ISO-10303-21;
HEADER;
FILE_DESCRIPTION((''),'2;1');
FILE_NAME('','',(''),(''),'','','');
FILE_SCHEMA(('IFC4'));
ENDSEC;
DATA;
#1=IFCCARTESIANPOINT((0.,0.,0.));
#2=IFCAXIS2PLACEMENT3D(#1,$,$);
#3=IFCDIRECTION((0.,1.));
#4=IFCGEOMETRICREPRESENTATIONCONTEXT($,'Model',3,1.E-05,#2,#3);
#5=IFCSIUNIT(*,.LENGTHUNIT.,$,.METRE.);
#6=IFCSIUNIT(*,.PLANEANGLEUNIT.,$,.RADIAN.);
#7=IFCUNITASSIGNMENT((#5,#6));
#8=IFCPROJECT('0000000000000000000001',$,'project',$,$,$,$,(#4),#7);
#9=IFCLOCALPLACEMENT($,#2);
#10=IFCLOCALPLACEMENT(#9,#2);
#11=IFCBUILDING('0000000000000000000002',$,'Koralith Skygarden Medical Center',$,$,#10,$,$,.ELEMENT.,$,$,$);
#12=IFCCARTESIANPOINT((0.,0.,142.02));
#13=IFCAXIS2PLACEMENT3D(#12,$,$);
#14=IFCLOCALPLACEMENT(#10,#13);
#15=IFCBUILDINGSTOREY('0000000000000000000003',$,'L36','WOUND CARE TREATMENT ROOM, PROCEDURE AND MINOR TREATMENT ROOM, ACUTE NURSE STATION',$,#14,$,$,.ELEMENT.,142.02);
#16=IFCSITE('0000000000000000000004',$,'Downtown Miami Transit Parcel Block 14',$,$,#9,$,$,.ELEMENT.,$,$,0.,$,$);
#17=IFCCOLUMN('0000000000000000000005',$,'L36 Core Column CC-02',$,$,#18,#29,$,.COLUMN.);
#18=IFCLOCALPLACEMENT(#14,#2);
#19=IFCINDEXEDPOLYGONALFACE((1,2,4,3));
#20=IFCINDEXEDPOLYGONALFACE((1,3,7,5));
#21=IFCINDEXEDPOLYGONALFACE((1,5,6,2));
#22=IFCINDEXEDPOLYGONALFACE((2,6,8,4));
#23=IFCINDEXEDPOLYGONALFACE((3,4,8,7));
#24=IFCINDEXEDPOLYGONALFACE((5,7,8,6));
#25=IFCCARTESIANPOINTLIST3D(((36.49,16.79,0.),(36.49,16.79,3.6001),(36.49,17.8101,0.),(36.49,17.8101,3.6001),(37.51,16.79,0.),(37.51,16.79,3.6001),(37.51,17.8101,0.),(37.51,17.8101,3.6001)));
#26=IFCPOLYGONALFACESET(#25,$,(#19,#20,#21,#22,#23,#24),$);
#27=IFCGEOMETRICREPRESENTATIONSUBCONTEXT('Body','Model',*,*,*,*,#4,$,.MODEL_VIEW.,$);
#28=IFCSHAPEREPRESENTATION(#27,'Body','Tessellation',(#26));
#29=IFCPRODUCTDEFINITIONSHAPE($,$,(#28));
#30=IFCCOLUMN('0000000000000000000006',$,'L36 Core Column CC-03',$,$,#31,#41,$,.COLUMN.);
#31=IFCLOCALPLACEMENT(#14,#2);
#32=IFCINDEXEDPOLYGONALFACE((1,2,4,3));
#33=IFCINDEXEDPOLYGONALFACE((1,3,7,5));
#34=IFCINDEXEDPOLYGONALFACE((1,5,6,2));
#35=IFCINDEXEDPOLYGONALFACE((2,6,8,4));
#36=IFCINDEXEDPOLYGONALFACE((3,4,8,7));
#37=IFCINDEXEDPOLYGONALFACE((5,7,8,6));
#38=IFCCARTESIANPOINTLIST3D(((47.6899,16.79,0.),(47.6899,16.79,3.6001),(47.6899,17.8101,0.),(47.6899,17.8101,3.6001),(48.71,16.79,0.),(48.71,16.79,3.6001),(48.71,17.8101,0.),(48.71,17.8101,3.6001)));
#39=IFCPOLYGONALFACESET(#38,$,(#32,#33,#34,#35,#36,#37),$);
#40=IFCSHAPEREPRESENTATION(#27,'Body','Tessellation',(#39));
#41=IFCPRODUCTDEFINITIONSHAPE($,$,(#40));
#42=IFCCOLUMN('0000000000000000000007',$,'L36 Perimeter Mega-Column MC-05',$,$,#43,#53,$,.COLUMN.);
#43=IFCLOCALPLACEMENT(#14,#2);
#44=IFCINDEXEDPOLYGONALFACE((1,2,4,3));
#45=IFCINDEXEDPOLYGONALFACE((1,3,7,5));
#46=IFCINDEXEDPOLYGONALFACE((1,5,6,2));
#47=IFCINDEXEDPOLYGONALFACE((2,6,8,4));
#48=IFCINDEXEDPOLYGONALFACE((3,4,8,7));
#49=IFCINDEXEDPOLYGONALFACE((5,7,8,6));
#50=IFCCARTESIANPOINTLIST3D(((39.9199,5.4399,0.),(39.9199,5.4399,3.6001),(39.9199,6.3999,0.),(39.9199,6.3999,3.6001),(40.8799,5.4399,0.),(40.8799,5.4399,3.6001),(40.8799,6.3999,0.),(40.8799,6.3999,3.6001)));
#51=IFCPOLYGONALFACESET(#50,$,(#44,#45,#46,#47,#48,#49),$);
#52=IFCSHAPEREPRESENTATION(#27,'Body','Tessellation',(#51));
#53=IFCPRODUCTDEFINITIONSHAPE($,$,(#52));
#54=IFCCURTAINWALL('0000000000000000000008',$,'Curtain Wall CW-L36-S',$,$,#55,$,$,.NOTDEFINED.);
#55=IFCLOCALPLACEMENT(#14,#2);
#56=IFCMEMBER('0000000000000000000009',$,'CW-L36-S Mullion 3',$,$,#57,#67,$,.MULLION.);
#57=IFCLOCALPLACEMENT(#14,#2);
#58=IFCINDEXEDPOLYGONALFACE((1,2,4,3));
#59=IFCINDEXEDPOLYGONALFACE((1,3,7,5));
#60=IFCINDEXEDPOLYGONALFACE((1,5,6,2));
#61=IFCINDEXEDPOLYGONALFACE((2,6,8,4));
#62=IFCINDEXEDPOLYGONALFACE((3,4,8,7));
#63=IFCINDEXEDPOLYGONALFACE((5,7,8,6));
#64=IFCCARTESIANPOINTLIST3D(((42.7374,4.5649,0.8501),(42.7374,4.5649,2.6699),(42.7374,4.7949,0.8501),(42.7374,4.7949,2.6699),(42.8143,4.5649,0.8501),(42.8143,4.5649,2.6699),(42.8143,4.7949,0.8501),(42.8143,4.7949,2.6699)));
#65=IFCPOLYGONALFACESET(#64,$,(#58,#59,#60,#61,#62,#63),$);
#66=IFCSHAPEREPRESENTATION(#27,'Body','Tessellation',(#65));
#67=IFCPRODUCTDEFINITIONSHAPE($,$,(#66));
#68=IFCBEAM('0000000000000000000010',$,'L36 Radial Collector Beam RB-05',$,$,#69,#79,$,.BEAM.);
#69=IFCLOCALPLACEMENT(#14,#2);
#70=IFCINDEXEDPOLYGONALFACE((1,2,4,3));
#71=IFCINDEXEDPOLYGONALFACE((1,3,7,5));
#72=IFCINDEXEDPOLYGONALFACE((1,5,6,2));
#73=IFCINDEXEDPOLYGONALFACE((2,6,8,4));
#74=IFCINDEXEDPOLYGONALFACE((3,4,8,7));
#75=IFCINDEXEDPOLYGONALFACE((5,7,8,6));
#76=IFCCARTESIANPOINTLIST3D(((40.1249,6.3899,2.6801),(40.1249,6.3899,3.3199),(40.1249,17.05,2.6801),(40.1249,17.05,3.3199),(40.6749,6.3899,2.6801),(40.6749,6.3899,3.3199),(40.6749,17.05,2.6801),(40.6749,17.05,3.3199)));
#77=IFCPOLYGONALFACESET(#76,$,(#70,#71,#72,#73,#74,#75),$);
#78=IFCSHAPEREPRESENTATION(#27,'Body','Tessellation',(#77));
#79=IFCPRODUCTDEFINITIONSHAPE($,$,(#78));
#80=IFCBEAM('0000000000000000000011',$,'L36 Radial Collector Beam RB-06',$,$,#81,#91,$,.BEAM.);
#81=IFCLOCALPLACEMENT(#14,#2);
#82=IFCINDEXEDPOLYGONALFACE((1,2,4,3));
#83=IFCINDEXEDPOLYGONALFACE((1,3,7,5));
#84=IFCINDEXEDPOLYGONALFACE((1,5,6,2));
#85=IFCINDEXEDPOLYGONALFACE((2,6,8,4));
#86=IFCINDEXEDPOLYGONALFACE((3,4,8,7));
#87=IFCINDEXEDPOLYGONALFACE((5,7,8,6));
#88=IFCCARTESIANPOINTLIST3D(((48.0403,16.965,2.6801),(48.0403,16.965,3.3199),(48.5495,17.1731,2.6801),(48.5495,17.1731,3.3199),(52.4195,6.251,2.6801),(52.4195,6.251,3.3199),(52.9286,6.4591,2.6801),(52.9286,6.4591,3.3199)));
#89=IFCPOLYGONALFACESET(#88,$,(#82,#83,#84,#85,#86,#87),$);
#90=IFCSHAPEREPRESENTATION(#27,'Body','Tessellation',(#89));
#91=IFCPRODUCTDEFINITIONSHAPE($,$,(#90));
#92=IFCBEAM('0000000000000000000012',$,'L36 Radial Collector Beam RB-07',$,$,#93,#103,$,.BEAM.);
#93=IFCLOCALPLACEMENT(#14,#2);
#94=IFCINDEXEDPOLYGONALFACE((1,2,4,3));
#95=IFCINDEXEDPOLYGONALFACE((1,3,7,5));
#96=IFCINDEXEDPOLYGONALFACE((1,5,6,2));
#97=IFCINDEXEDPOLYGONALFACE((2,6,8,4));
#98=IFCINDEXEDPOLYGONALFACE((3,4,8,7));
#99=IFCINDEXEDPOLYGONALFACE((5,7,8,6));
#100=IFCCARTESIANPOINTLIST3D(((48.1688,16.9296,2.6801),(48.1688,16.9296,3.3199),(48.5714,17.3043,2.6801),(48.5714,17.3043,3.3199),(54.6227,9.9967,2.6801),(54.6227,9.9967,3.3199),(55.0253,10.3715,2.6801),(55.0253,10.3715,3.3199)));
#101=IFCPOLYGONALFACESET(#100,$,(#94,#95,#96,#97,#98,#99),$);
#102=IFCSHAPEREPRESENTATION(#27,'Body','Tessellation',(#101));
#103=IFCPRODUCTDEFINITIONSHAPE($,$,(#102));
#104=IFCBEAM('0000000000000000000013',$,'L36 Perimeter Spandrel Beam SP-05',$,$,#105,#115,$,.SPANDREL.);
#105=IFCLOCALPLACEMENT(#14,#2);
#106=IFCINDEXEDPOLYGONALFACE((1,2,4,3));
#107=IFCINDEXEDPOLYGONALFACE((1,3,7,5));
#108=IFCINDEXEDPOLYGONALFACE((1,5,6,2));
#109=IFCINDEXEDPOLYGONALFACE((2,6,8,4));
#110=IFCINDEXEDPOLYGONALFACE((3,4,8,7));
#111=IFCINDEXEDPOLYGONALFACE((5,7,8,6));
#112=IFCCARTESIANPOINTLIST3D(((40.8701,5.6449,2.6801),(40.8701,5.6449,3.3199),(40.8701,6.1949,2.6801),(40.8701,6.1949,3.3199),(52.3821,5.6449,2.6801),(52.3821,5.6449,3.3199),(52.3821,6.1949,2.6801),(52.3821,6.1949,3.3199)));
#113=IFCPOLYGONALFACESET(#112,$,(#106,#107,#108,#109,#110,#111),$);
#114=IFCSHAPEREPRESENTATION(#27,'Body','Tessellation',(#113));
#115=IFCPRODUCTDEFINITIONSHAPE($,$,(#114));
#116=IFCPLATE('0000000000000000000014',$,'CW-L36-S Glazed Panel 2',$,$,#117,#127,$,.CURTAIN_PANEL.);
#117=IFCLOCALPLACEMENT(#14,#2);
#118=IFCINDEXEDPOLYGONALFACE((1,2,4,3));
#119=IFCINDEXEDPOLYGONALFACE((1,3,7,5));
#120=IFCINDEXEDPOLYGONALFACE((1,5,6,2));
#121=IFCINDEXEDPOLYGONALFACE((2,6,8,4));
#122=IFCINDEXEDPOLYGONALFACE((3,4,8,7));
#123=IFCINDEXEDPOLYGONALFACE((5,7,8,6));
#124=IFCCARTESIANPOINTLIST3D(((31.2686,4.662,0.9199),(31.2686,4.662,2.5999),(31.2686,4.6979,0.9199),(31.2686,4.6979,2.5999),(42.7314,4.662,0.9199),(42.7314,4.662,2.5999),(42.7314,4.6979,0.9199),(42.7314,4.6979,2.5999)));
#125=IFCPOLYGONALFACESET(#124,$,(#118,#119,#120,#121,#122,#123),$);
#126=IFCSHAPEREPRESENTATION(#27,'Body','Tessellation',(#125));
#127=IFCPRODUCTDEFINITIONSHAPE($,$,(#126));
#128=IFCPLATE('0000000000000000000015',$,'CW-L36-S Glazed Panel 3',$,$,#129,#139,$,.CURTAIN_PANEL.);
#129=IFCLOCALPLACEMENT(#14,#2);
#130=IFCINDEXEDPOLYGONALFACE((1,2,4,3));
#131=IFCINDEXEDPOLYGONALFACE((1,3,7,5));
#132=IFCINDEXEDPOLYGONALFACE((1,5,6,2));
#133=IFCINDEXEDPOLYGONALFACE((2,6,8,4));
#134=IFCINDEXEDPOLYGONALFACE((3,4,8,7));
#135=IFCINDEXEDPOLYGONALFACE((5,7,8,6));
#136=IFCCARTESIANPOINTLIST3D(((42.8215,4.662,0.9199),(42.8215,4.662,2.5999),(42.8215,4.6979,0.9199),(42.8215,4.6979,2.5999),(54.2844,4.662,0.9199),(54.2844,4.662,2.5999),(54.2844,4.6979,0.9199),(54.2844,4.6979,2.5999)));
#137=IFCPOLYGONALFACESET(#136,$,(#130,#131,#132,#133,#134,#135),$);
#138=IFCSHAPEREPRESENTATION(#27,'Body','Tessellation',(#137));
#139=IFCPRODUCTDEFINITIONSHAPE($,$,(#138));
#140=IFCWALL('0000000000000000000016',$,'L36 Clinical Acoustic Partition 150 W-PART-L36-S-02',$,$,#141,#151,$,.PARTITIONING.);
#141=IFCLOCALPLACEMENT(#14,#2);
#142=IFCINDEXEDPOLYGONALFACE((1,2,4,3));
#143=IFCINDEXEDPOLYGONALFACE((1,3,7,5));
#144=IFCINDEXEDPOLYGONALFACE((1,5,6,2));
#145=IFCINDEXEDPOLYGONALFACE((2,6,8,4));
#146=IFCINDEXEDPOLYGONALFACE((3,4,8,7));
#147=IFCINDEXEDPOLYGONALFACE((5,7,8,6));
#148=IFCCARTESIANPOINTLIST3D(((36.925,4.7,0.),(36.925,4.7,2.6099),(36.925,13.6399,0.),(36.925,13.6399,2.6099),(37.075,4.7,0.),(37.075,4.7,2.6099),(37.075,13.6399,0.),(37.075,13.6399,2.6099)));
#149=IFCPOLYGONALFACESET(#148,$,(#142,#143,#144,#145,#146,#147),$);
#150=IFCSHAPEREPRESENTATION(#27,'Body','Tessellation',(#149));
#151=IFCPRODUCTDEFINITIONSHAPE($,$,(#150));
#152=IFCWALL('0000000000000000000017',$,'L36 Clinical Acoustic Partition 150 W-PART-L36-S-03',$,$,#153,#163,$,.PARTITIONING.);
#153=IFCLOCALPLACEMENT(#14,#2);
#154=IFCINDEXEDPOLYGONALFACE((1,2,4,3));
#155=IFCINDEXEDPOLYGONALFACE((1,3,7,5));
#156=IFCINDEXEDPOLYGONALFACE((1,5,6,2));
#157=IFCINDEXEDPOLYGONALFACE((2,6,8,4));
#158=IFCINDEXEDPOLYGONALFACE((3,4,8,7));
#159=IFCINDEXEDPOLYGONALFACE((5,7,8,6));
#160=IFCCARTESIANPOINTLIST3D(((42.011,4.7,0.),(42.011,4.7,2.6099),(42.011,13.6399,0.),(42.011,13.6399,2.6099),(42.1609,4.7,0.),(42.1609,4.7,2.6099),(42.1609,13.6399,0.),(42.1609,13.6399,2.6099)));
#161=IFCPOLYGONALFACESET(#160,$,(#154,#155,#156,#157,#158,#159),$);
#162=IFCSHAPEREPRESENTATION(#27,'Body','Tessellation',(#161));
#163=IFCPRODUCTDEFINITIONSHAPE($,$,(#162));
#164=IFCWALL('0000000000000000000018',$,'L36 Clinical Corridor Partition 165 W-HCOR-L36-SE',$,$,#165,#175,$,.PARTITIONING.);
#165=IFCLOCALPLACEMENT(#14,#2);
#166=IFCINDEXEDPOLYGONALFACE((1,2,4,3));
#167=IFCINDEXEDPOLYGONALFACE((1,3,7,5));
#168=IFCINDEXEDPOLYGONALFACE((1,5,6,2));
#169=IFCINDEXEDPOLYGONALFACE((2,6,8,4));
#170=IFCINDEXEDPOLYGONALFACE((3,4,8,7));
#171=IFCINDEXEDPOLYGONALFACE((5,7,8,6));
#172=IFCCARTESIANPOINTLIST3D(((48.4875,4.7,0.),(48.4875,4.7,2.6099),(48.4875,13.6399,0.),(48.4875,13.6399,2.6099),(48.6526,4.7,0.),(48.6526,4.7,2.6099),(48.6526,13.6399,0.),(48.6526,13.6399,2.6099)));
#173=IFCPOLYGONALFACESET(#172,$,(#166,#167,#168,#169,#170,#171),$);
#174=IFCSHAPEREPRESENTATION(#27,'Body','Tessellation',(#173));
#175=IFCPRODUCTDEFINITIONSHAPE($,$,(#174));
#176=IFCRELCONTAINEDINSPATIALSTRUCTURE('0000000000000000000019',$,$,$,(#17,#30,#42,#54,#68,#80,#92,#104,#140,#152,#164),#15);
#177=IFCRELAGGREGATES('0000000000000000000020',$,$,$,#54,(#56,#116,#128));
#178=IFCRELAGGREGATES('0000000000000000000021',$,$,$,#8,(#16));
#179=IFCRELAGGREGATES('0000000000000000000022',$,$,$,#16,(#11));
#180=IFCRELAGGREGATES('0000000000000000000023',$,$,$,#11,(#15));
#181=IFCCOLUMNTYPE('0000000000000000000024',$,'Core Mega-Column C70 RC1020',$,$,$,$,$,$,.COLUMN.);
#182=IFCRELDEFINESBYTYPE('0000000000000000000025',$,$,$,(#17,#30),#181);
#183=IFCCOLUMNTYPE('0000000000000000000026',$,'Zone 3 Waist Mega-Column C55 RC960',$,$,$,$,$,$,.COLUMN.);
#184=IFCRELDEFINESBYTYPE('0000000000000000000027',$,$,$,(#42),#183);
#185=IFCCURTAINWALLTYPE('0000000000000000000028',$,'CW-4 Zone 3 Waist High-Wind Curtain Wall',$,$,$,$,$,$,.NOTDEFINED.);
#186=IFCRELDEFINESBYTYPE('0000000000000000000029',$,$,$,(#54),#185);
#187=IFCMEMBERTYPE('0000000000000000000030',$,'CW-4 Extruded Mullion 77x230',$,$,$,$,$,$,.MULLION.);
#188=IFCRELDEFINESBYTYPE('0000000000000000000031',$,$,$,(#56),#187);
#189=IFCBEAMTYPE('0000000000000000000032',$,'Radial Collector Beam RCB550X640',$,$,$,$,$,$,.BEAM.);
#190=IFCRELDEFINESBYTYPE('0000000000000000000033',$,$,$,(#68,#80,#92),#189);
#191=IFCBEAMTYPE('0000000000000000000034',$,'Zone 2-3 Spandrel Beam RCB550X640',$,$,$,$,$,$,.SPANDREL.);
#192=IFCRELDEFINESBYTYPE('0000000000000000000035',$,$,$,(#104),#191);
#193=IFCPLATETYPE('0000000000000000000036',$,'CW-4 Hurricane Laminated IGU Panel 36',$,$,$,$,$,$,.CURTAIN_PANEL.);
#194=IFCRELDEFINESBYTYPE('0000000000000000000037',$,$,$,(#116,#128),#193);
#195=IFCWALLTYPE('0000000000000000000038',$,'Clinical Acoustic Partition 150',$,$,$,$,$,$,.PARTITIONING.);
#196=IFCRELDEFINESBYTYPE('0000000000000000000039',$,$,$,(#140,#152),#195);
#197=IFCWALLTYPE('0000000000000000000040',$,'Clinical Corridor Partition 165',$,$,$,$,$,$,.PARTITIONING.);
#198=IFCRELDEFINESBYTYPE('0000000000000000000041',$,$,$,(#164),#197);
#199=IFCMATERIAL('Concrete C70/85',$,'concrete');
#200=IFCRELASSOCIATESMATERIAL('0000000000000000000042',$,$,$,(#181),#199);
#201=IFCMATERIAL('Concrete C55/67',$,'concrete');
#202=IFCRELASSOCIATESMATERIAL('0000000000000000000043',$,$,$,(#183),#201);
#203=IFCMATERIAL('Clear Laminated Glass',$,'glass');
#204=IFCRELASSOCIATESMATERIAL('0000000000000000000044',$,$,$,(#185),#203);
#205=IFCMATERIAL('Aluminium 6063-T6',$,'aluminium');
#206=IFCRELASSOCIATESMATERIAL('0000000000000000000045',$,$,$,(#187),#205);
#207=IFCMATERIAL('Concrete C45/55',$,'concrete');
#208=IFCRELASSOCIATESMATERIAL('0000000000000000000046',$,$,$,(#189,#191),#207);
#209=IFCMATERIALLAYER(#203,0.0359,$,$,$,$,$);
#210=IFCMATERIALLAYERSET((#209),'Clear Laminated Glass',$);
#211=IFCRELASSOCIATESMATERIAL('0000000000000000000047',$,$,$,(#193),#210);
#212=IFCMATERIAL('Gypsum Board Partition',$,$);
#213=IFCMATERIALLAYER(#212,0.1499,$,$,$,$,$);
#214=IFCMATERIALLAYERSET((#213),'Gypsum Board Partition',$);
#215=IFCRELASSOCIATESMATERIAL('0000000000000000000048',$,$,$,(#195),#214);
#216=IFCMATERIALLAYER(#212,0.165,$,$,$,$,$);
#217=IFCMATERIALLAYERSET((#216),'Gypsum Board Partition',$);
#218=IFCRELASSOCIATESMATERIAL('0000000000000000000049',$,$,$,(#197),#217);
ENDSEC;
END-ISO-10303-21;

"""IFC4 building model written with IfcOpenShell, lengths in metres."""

from ifc_helpers import new_model, si_unit, direction, frame, frame_2d, origin, origin_2d, place, context, subcontext, project, spatial, rectangle, extrude, material, layer, layer_set, material_profile, profile_set, type_object, element, aggregate, save


model = new_model("IFC4")

# Units and contexts
model_context = context("Model", 3, precision=1e-05, world=origin(), true_north=direction((0.0, 1.0)))
body_context = subcontext(model_context, "Body", "Model", "MODEL_VIEW")
ifc_project = project(units=[si_unit("LENGTHUNIT", "METRE"), si_unit("PLANEANGLEUNIT", "RADIAN")], contexts=[model_context])

# Site, building, storey
site_placement = place(None, origin())
site = spatial("IfcSite", under=ifc_project, at=site_placement, Name="Downtown Miami Transit Parcel Block 14", CompositionType="ELEMENT", RefElevation=0.0)
building_placement = place(site_placement, origin())
building = spatial("IfcBuilding", under=site, at=building_placement, Name="Koralith Skygarden Medical Center", CompositionType="ELEMENT")
storey_placement = place(building_placement, frame((0.0, 0.0, 142.02)))
storey = spatial("IfcBuildingStorey", under=building, at=storey_placement, Name="L36", Description="WOUND CARE TREATMENT ROOM, PROCEDURE AND MINOR TREATMENT ROOM, ACUTE NURSE STATION", CompositionType="ELEMENT", Elevation=142.02)

# Columns
ifc_material_1 = material(Name="Concrete C70/85", Category="concrete")
ifc_material_profile_1 = material_profile(ifc_material_1, rectangle(XDim=1.02, YDim=1.02, at=origin_2d()), Name="RC1020X1020")
ifc_profile_set_1 = profile_set([ifc_material_profile_1], Name="Concrete C70/85")
column_type_1 = type_object("IfcColumnType", Name="Core Mega-Column C70 RC1020", PredefinedType="COLUMN", material=ifc_profile_set_1)
for number, where, z_axis, x_axis, name in (
    (1, (37.0, 17.3, 0.0), (0.0, 0.0, 1.0), (1.0, 0.0, 0.0), "L36 Core Column CC-02"),
    (2, (48.2, 17.3, 0.0), (0.0, 0.0, 1.0), (1.0, 0.0, 0.0), "L36 Core Column CC-03"),
):
    element("IfcColumn", number, at=place(storey_placement, frame(where, z_axis=z_axis, x_axis=x_axis)), inside=storey, type_object=column_type_1, Name=name, PredefinedType="COLUMN", context=body_context, shape_type="SweptSolid", body=[
        extrude(rectangle(XDim=1.02, YDim=1.02, at=origin_2d()), origin(), (0.0, 0.0, 1.0), 3.6001),
    ])
ifc_material_2 = material(Name="Concrete C55/67", Category="concrete")
ifc_material_profile_2 = material_profile(ifc_material_2, rectangle(XDim=0.96, YDim=0.96, at=origin_2d()), Name="RC960X960")
ifc_profile_set_2 = profile_set([ifc_material_profile_2], Name="Concrete C55/67")
column_type_2 = type_object("IfcColumnType", Name="Zone 3 Waist Mega-Column C55 RC960", PredefinedType="COLUMN", material=ifc_profile_set_2)
column_placement = place(storey_placement, frame((40.3999, 5.9199, 0.0), z_axis=(0.0, 0.0, 1.0), x_axis=(1.0, 0.0, 0.0)))
element("IfcColumn", 3, at=column_placement, inside=storey, type_object=column_type_2, Name="L36 Perimeter Mega-Column MC-05", PredefinedType="COLUMN", context=body_context, shape_type="SweptSolid", body=[
    extrude(rectangle(XDim=0.96, YDim=0.96, at=origin_2d()), origin(), (0.0, 0.0, 1.0), 3.6001),
])

# Curtain wall, member
ifc_material_3 = material(Name="Clear Laminated Glass", Category="glass")
curtain_wall_type = type_object("IfcCurtainWallType", Name="CW-4 Zone 3 Waist High-Wind Curtain Wall", PredefinedType="NOTDEFINED", material=ifc_material_3)
curtain_wall_placement = place(storey_placement, origin())
curtain_wall = element("IfcCurtainWall", 4, at=curtain_wall_placement, inside=storey, type_object=curtain_wall_type, Name="Curtain Wall CW-L36-S", PredefinedType="NOTDEFINED")
ifc_material_4 = material(Name="Aluminium 6063-T6", Category="aluminium")
ifc_material_profile_3 = material_profile(ifc_material_4, rectangle(XDim=0.0769, YDim=0.23, at=origin_2d()), Name="MUL77X230")
ifc_profile_set_3 = profile_set([ifc_material_profile_3], Name="Aluminium 6063-T6")
member_type = type_object("IfcMemberType", Name="CW-4 Extruded Mullion 77x230", PredefinedType="MULLION", material=ifc_profile_set_3)
member_placement = place(storey_placement, frame((42.7759, 4.6799, 0.8501), z_axis=(0.0, 0.0, 1.0), x_axis=(1.0, 0.0, 0.0)))
member = element("IfcMember", 5, at=member_placement, type_object=member_type, Name="CW-L36-S Mullion 3", PredefinedType="MULLION", context=body_context, shape_type="SweptSolid", body=[
    extrude(rectangle(XDim=0.0769, YDim=0.23, at=origin_2d()), origin(), (0.0, 0.0, 1.0), 1.8198),
])

# Beams
ifc_material_5 = material(Name="Concrete C45/55", Category="concrete")
ifc_material_profile_4 = material_profile(ifc_material_5, rectangle(XDim=0.55, YDim=0.6399, at=origin_2d()), Name="RCB550X640")
ifc_profile_set_4 = profile_set([ifc_material_profile_4], Name="Concrete C45/55")
beam_type_1 = type_object("IfcBeamType", Name="Radial Collector Beam RCB550X640", PredefinedType="BEAM", material=ifc_profile_set_4)
beam_1_placement = place(storey_placement, frame((40.3999, 17.05, 3.0), z_axis=(0.0, -1.0, 0.0), x_axis=(1.0, 0.0, 0.0)))
element("IfcBeam", 6, at=beam_1_placement, inside=storey, type_object=beam_type_1, Name="L36 Radial Collector Beam RB-05", PredefinedType="BEAM", context=body_context, shape_type="SweptSolid", body=[
    extrude(rectangle(XDim=0.55, YDim=0.6399, at=origin_2d()), origin(), (0.0, 0.0, 1.0), 10.6602),
])
beam_2_placement = place(storey_placement, frame((48.2949, 17.0691, 3.0), z_axis=(0.378345, -0.925665, 0.0), x_axis=(0.925665, 0.378345, 0.0)))
element("IfcBeam", 7, at=beam_2_placement, inside=storey, type_object=beam_type_1, Name="L36 Radial Collector Beam RB-06", PredefinedType="BEAM", context=body_context, shape_type="SweptSolid", body=[
    extrude(rectangle(XDim=0.55, YDim=0.6399, at=origin_2d()), origin(), (0.0, 0.0, 1.0), 11.5745),
])
beam_3_placement = place(storey_placement, frame((48.3701, 17.1169, 3.0), z_axis=(0.681369, -0.73194, 0.0), x_axis=(0.73194, 0.681369, 0.0)))
element("IfcBeam", 8, at=beam_3_placement, inside=storey, type_object=beam_type_1, Name="L36 Radial Collector Beam RB-07", PredefinedType="BEAM", context=body_context, shape_type="SweptSolid", body=[
    extrude(rectangle(XDim=0.55, YDim=0.6399, at=origin_2d()), origin(), (0.0, 0.0, 1.0), 9.4719),
])
ifc_material_profile_5 = material_profile(ifc_material_5, rectangle(XDim=0.55, YDim=0.6399, at=origin_2d()), Name="RCB550X640")
ifc_profile_set_5 = profile_set([ifc_material_profile_5], Name="Concrete C45/55")
beam_type_2 = type_object("IfcBeamType", Name="Zone 2-3 Spandrel Beam RCB550X640", PredefinedType="SPANDREL", material=ifc_profile_set_5)
beam_4_placement = place(storey_placement, frame((40.8701, 5.9199, 3.0), z_axis=(1.0, 0.0, 0.0), x_axis=(0.0, 1.0, 0.0)))
element("IfcBeam", 9, at=beam_4_placement, inside=storey, type_object=beam_type_2, Name="L36 Perimeter Spandrel Beam SP-05", PredefinedType="SPANDREL", context=body_context, shape_type="SweptSolid", body=[
    extrude(rectangle(XDim=0.55, YDim=0.6399, at=origin_2d()), origin(), (0.0, 0.0, 1.0), 11.512),
])

# Plates
ifc_layer_1 = layer(ifc_material_3, 0.0359)
ifc_layer_set_1 = layer_set([ifc_layer_1], Name="Clear Laminated Glass")
plate_type = type_object("IfcPlateType", Name="CW-4 Hurricane Laminated IGU Panel 36", PredefinedType="CURTAIN_PANEL", material=ifc_layer_set_1)
plate_1_placement = place(storey_placement, frame((37.0, 4.6799, 0.9199), z_axis=(0.0, 0.0, 1.0), x_axis=(1.0, 0.0, 0.0)))
plate_1 = element("IfcPlate", 10, at=plate_1_placement, type_object=plate_type, Name="CW-L36-S Glazed Panel 2", PredefinedType="CURTAIN_PANEL", context=body_context, shape_type="SweptSolid", body=[
    extrude(rectangle(XDim=11.4629, YDim=0.0359, at=origin_2d()), origin(), (0.0, 0.0, 1.0), 1.6799),
])
plate_2_placement = place(storey_placement, frame((48.553, 4.6799, 0.9199), z_axis=(0.0, 0.0, 1.0), x_axis=(1.0, 0.0, 0.0)))
plate_2 = element("IfcPlate", 11, at=plate_2_placement, type_object=plate_type, Name="CW-L36-S Glazed Panel 3", PredefinedType="CURTAIN_PANEL", context=body_context, shape_type="SweptSolid", body=[
    extrude(rectangle(XDim=11.4629, YDim=0.0359, at=origin_2d()), origin(), (0.0, 0.0, 1.0), 1.6799),
])
aggregate(curtain_wall, [member, plate_1, plate_2])

# Walls
ifc_material_6 = material(Name="Gypsum Board Partition")
ifc_layer_2 = layer(ifc_material_6, 0.1499)
ifc_layer_set_2 = layer_set([ifc_layer_2], Name="Gypsum Board Partition")
wall_type_1 = type_object("IfcWallType", Name="Clinical Acoustic Partition 150", PredefinedType="PARTITIONING", material=ifc_layer_set_2)
for number, where, z_axis, x_axis, name in (
    (12, (37.0, 13.6399, 0.0), (0.0, 0.0, 1.0), (0.0, -1.0, 0.0), "L36 Clinical Acoustic Partition 150 W-PART-L36-S-02"),
    (13, (42.0859, 13.6399, 0.0), (0.0, 0.0, 1.0), (0.0, -1.0, 0.0), "L36 Clinical Acoustic Partition 150 W-PART-L36-S-03"),
):
    element("IfcWall", number, at=place(storey_placement, frame(where, z_axis=z_axis, x_axis=x_axis)), inside=storey, type_object=wall_type_1, Name=name, PredefinedType="PARTITIONING", context=body_context, shape_type="SweptSolid", body=[
        extrude(rectangle(XDim=8.9399, YDim=0.1499, at=frame_2d((4.47, 0.0))), origin(), (0.0, 0.0, 1.0), 2.6099),
    ])
ifc_layer_3 = layer(ifc_material_6, 0.165)
ifc_layer_set_3 = layer_set([ifc_layer_3], Name="Gypsum Board Partition")
wall_type_2 = type_object("IfcWallType", Name="Clinical Corridor Partition 165", PredefinedType="PARTITIONING", material=ifc_layer_set_3)
wall_1_placement = place(storey_placement, frame((48.5701, 4.7, 0.0), z_axis=(0.0, 0.0, 1.0), x_axis=(0.0, 1.0, 0.0)))
element("IfcWall", 14, at=wall_1_placement, inside=storey, type_object=wall_type_2, Name="L36 Clinical Corridor Partition 165 W-HCOR-L36-SE", PredefinedType="PARTITIONING", context=body_context, shape_type="SweptSolid", body=[
    extrude(rectangle(XDim=8.9399, YDim=0.165, at=frame_2d((4.47, 0.0))), origin(), (0.0, 0.0, 1.0), 2.6099),
])

save(model, "model.ifc")
